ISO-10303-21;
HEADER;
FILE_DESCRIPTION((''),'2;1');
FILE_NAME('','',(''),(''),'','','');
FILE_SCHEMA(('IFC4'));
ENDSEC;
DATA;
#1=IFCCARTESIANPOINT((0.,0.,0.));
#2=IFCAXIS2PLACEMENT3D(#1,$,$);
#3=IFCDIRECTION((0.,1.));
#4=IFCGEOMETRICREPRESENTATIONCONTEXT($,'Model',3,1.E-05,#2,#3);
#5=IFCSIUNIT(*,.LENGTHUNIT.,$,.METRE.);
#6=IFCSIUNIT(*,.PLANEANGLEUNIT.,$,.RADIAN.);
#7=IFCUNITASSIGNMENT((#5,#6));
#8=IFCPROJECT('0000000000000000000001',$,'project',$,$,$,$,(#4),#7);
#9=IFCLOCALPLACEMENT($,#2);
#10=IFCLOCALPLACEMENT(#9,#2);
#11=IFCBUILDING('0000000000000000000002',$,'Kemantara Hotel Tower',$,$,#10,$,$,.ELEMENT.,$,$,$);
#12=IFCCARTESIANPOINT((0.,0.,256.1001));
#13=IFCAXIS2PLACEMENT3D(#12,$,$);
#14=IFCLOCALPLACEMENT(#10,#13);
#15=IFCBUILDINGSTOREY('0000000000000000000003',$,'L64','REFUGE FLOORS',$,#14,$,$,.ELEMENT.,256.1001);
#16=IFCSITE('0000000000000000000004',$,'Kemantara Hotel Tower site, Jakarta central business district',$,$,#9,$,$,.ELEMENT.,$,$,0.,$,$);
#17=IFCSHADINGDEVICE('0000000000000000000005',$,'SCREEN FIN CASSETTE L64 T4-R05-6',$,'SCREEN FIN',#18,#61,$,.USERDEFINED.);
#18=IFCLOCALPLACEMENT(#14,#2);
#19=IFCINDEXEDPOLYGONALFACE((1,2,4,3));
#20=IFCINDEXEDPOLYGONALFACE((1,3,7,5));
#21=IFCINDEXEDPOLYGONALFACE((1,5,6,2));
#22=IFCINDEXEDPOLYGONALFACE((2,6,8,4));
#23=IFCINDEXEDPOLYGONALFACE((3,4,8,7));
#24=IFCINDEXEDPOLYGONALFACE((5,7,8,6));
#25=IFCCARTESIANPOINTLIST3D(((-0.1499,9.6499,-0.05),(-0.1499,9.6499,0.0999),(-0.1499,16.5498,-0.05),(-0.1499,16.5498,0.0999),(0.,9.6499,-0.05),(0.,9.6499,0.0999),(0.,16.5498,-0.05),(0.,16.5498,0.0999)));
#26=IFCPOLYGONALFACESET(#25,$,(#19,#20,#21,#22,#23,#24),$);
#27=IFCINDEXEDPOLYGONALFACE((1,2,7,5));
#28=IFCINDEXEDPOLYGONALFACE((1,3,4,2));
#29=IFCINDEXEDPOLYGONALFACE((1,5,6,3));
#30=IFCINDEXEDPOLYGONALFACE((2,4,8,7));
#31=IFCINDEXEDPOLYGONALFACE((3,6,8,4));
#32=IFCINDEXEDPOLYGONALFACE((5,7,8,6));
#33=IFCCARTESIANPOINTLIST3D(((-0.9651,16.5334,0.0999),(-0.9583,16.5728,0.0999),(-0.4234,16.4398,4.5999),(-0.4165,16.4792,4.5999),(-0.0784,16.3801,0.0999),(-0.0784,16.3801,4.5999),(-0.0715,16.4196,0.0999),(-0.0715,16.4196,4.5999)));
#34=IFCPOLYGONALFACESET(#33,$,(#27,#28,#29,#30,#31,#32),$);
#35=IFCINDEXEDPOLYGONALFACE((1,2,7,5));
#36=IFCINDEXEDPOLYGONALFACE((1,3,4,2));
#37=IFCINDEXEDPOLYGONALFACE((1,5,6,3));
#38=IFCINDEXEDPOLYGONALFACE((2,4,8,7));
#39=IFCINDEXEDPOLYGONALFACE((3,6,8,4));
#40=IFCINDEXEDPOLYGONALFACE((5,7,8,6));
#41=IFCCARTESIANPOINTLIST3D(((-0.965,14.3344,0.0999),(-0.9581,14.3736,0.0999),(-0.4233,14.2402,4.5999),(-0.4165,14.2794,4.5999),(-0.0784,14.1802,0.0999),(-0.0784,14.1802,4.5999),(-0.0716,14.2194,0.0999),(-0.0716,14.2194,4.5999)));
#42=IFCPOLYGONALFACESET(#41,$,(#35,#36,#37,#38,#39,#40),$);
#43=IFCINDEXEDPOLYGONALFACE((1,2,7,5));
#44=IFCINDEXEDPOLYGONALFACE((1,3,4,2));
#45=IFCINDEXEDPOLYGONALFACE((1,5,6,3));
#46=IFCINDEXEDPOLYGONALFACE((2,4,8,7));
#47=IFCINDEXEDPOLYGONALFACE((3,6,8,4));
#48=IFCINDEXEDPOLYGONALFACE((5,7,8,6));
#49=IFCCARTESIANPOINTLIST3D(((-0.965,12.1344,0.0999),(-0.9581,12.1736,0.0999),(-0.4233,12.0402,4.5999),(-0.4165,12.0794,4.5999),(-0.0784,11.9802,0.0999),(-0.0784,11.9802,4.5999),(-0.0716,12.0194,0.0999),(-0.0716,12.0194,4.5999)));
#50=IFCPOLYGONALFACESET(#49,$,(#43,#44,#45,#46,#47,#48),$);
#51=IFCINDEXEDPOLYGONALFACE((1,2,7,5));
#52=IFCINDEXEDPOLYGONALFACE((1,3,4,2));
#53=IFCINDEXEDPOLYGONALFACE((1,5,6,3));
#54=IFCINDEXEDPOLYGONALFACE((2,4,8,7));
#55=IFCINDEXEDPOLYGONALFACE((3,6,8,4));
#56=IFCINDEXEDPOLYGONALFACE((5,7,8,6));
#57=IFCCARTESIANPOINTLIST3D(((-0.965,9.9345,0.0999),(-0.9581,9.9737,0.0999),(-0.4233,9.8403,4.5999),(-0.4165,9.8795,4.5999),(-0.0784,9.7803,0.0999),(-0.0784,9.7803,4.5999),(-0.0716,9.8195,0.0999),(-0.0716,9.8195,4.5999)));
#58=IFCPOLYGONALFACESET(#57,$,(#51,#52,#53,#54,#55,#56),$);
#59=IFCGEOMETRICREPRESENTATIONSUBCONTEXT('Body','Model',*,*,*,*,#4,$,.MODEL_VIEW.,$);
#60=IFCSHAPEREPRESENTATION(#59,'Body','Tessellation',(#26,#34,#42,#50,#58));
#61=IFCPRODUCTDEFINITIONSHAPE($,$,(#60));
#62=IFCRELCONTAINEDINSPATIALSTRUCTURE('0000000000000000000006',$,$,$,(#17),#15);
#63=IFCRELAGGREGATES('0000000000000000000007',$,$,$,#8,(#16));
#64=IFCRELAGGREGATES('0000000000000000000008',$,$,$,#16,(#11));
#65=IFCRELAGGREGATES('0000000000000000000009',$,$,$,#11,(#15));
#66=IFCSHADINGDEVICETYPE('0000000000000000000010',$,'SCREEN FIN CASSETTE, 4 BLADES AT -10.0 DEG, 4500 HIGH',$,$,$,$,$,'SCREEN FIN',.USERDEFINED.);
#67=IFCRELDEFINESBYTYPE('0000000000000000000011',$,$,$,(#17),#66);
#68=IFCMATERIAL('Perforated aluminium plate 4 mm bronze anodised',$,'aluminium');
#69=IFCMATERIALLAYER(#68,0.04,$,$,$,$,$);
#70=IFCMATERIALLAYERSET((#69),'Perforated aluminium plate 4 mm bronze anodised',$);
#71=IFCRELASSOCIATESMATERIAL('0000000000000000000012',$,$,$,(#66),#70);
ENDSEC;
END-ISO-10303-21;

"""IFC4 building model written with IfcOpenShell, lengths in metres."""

from ifc_helpers import new_model, si_unit, direction, frame, origin, origin_2d, place, context, subcontext, project, spatial, polyline, rectangle, outline, extrude, source, transform, mapped, material, layer, layer_set, type_object, element, save


model = new_model("IFC4")

# Units and contexts
model_context = context("Model", 3, precision=1e-05, world=origin(), true_north=direction((0.0, 1.0)))
body_context = subcontext(model_context, "Body", "Model", "MODEL_VIEW")
ifc_project = project(units=[si_unit("LENGTHUNIT", "METRE"), si_unit("PLANEANGLEUNIT", "RADIAN")], contexts=[model_context])

# Site, building, storey
site_placement = place(None, origin())
site = spatial("IfcSite", under=ifc_project, at=site_placement, Name="Kemantara Hotel Tower site, Jakarta central business district", CompositionType="ELEMENT", RefElevation=0.0)
building_placement = place(site_placement, origin())
building = spatial("IfcBuilding", under=site, at=building_placement, Name="Kemantara Hotel Tower", CompositionType="ELEMENT")
storey_placement = place(building_placement, frame((0.0, 0.0, 256.1001)))
storey = spatial("IfcBuildingStorey", under=building, at=storey_placement, Name="L64", Description="REFUGE FLOORS", CompositionType="ELEMENT", Elevation=256.1001)

# Shading device
ifc_material_1 = material(Name="Perforated aluminium plate 4 mm bronze anodised", Category="aluminium")
ifc_layer_1 = layer(ifc_material_1, 0.04)
ifc_layer_set_1 = layer_set([ifc_layer_1], Name="Perforated aluminium plate 4 mm bronze anodised")
shading_device_type_1 = type_object("IfcShadingDeviceType", Name="SCREEN FIN CASSETTE, 4 BLADES AT -10.0 DEG, 4500 HIGH", ElementType="SCREEN FIN", PredefinedType="USERDEFINED", material=ifc_layer_set_1)
shared_shape_1 = source(origin(), body_context, "Body", "SweptSolid", [
    extrude(rectangle(XDim=6.8999, YDim=0.1499, at=origin_2d()), frame((3.3, -0.075, -0.1499), z_axis=(0.0, 0.0, 1.0), x_axis=(1.0, 0.0, 0.0)), (0.0, 0.0, 1.0), 0.1499),
    extrude(outline(polyline([(0.0, 0.0), (0.8999, 0.0), (0.3501, 4.5), (0.0, 4.5), (0.0, 0.0)])), frame((0.0198, -0.0784, 0.0), z_axis=(-0.98539, 0.170314, 0.0), x_axis=(-0.170314, -0.98539, 0.0)), (0.0, 0.0, 1.0), 0.04),
    extrude(outline(polyline([(0.0, 0.0), (0.8999, 0.0), (0.3501, 4.5), (0.0, 4.5), (0.0, 0.0)])), frame((2.2197, -0.0784, 0.0), z_axis=(-0.985212, 0.171341, 0.0), x_axis=(-0.171341, -0.985212, 0.0)), (0.0, 0.0, 1.0), 0.0398),
    extrude(outline(polyline([(0.0, 0.0), (0.8999, 0.0), (0.3501, 4.5), (0.0, 4.5), (0.0, 0.0)])), frame((4.4197, -0.0784, 0.0), z_axis=(-0.985212, 0.171341, 0.0), x_axis=(-0.171341, -0.985212, 0.0)), (0.0, 0.0, 1.0), 0.0398),
    extrude(outline(polyline([(0.0, 0.0), (0.8999, 0.0), (0.3501, 4.5), (0.0, 4.5), (0.0, 0.0)])), frame((6.6196, -0.0784, 0.0), z_axis=(-0.985212, 0.171341, 0.0), x_axis=(-0.171341, -0.985212, 0.0)), (0.0, 0.0, 1.0), 0.0398),
])
shading_device_1_placement = place(storey_placement, frame((0.0, 16.3999, 0.0999), z_axis=(0.0, 0.0, 1.0), x_axis=(0.0, -1.0, 0.0)))
element("IfcShadingDevice", 1, at=shading_device_1_placement, inside=storey, type_object=shading_device_type_1, Name="SCREEN FIN CASSETTE L64 T4-R05-6", ObjectType="SCREEN FIN", PredefinedType="USERDEFINED", context=body_context, shape_type="MappedRepresentation", body=[
    mapped(shared_shape_1, transform((0.0, 0.0, 0.0))),
])

save(model, "model.ifc")
